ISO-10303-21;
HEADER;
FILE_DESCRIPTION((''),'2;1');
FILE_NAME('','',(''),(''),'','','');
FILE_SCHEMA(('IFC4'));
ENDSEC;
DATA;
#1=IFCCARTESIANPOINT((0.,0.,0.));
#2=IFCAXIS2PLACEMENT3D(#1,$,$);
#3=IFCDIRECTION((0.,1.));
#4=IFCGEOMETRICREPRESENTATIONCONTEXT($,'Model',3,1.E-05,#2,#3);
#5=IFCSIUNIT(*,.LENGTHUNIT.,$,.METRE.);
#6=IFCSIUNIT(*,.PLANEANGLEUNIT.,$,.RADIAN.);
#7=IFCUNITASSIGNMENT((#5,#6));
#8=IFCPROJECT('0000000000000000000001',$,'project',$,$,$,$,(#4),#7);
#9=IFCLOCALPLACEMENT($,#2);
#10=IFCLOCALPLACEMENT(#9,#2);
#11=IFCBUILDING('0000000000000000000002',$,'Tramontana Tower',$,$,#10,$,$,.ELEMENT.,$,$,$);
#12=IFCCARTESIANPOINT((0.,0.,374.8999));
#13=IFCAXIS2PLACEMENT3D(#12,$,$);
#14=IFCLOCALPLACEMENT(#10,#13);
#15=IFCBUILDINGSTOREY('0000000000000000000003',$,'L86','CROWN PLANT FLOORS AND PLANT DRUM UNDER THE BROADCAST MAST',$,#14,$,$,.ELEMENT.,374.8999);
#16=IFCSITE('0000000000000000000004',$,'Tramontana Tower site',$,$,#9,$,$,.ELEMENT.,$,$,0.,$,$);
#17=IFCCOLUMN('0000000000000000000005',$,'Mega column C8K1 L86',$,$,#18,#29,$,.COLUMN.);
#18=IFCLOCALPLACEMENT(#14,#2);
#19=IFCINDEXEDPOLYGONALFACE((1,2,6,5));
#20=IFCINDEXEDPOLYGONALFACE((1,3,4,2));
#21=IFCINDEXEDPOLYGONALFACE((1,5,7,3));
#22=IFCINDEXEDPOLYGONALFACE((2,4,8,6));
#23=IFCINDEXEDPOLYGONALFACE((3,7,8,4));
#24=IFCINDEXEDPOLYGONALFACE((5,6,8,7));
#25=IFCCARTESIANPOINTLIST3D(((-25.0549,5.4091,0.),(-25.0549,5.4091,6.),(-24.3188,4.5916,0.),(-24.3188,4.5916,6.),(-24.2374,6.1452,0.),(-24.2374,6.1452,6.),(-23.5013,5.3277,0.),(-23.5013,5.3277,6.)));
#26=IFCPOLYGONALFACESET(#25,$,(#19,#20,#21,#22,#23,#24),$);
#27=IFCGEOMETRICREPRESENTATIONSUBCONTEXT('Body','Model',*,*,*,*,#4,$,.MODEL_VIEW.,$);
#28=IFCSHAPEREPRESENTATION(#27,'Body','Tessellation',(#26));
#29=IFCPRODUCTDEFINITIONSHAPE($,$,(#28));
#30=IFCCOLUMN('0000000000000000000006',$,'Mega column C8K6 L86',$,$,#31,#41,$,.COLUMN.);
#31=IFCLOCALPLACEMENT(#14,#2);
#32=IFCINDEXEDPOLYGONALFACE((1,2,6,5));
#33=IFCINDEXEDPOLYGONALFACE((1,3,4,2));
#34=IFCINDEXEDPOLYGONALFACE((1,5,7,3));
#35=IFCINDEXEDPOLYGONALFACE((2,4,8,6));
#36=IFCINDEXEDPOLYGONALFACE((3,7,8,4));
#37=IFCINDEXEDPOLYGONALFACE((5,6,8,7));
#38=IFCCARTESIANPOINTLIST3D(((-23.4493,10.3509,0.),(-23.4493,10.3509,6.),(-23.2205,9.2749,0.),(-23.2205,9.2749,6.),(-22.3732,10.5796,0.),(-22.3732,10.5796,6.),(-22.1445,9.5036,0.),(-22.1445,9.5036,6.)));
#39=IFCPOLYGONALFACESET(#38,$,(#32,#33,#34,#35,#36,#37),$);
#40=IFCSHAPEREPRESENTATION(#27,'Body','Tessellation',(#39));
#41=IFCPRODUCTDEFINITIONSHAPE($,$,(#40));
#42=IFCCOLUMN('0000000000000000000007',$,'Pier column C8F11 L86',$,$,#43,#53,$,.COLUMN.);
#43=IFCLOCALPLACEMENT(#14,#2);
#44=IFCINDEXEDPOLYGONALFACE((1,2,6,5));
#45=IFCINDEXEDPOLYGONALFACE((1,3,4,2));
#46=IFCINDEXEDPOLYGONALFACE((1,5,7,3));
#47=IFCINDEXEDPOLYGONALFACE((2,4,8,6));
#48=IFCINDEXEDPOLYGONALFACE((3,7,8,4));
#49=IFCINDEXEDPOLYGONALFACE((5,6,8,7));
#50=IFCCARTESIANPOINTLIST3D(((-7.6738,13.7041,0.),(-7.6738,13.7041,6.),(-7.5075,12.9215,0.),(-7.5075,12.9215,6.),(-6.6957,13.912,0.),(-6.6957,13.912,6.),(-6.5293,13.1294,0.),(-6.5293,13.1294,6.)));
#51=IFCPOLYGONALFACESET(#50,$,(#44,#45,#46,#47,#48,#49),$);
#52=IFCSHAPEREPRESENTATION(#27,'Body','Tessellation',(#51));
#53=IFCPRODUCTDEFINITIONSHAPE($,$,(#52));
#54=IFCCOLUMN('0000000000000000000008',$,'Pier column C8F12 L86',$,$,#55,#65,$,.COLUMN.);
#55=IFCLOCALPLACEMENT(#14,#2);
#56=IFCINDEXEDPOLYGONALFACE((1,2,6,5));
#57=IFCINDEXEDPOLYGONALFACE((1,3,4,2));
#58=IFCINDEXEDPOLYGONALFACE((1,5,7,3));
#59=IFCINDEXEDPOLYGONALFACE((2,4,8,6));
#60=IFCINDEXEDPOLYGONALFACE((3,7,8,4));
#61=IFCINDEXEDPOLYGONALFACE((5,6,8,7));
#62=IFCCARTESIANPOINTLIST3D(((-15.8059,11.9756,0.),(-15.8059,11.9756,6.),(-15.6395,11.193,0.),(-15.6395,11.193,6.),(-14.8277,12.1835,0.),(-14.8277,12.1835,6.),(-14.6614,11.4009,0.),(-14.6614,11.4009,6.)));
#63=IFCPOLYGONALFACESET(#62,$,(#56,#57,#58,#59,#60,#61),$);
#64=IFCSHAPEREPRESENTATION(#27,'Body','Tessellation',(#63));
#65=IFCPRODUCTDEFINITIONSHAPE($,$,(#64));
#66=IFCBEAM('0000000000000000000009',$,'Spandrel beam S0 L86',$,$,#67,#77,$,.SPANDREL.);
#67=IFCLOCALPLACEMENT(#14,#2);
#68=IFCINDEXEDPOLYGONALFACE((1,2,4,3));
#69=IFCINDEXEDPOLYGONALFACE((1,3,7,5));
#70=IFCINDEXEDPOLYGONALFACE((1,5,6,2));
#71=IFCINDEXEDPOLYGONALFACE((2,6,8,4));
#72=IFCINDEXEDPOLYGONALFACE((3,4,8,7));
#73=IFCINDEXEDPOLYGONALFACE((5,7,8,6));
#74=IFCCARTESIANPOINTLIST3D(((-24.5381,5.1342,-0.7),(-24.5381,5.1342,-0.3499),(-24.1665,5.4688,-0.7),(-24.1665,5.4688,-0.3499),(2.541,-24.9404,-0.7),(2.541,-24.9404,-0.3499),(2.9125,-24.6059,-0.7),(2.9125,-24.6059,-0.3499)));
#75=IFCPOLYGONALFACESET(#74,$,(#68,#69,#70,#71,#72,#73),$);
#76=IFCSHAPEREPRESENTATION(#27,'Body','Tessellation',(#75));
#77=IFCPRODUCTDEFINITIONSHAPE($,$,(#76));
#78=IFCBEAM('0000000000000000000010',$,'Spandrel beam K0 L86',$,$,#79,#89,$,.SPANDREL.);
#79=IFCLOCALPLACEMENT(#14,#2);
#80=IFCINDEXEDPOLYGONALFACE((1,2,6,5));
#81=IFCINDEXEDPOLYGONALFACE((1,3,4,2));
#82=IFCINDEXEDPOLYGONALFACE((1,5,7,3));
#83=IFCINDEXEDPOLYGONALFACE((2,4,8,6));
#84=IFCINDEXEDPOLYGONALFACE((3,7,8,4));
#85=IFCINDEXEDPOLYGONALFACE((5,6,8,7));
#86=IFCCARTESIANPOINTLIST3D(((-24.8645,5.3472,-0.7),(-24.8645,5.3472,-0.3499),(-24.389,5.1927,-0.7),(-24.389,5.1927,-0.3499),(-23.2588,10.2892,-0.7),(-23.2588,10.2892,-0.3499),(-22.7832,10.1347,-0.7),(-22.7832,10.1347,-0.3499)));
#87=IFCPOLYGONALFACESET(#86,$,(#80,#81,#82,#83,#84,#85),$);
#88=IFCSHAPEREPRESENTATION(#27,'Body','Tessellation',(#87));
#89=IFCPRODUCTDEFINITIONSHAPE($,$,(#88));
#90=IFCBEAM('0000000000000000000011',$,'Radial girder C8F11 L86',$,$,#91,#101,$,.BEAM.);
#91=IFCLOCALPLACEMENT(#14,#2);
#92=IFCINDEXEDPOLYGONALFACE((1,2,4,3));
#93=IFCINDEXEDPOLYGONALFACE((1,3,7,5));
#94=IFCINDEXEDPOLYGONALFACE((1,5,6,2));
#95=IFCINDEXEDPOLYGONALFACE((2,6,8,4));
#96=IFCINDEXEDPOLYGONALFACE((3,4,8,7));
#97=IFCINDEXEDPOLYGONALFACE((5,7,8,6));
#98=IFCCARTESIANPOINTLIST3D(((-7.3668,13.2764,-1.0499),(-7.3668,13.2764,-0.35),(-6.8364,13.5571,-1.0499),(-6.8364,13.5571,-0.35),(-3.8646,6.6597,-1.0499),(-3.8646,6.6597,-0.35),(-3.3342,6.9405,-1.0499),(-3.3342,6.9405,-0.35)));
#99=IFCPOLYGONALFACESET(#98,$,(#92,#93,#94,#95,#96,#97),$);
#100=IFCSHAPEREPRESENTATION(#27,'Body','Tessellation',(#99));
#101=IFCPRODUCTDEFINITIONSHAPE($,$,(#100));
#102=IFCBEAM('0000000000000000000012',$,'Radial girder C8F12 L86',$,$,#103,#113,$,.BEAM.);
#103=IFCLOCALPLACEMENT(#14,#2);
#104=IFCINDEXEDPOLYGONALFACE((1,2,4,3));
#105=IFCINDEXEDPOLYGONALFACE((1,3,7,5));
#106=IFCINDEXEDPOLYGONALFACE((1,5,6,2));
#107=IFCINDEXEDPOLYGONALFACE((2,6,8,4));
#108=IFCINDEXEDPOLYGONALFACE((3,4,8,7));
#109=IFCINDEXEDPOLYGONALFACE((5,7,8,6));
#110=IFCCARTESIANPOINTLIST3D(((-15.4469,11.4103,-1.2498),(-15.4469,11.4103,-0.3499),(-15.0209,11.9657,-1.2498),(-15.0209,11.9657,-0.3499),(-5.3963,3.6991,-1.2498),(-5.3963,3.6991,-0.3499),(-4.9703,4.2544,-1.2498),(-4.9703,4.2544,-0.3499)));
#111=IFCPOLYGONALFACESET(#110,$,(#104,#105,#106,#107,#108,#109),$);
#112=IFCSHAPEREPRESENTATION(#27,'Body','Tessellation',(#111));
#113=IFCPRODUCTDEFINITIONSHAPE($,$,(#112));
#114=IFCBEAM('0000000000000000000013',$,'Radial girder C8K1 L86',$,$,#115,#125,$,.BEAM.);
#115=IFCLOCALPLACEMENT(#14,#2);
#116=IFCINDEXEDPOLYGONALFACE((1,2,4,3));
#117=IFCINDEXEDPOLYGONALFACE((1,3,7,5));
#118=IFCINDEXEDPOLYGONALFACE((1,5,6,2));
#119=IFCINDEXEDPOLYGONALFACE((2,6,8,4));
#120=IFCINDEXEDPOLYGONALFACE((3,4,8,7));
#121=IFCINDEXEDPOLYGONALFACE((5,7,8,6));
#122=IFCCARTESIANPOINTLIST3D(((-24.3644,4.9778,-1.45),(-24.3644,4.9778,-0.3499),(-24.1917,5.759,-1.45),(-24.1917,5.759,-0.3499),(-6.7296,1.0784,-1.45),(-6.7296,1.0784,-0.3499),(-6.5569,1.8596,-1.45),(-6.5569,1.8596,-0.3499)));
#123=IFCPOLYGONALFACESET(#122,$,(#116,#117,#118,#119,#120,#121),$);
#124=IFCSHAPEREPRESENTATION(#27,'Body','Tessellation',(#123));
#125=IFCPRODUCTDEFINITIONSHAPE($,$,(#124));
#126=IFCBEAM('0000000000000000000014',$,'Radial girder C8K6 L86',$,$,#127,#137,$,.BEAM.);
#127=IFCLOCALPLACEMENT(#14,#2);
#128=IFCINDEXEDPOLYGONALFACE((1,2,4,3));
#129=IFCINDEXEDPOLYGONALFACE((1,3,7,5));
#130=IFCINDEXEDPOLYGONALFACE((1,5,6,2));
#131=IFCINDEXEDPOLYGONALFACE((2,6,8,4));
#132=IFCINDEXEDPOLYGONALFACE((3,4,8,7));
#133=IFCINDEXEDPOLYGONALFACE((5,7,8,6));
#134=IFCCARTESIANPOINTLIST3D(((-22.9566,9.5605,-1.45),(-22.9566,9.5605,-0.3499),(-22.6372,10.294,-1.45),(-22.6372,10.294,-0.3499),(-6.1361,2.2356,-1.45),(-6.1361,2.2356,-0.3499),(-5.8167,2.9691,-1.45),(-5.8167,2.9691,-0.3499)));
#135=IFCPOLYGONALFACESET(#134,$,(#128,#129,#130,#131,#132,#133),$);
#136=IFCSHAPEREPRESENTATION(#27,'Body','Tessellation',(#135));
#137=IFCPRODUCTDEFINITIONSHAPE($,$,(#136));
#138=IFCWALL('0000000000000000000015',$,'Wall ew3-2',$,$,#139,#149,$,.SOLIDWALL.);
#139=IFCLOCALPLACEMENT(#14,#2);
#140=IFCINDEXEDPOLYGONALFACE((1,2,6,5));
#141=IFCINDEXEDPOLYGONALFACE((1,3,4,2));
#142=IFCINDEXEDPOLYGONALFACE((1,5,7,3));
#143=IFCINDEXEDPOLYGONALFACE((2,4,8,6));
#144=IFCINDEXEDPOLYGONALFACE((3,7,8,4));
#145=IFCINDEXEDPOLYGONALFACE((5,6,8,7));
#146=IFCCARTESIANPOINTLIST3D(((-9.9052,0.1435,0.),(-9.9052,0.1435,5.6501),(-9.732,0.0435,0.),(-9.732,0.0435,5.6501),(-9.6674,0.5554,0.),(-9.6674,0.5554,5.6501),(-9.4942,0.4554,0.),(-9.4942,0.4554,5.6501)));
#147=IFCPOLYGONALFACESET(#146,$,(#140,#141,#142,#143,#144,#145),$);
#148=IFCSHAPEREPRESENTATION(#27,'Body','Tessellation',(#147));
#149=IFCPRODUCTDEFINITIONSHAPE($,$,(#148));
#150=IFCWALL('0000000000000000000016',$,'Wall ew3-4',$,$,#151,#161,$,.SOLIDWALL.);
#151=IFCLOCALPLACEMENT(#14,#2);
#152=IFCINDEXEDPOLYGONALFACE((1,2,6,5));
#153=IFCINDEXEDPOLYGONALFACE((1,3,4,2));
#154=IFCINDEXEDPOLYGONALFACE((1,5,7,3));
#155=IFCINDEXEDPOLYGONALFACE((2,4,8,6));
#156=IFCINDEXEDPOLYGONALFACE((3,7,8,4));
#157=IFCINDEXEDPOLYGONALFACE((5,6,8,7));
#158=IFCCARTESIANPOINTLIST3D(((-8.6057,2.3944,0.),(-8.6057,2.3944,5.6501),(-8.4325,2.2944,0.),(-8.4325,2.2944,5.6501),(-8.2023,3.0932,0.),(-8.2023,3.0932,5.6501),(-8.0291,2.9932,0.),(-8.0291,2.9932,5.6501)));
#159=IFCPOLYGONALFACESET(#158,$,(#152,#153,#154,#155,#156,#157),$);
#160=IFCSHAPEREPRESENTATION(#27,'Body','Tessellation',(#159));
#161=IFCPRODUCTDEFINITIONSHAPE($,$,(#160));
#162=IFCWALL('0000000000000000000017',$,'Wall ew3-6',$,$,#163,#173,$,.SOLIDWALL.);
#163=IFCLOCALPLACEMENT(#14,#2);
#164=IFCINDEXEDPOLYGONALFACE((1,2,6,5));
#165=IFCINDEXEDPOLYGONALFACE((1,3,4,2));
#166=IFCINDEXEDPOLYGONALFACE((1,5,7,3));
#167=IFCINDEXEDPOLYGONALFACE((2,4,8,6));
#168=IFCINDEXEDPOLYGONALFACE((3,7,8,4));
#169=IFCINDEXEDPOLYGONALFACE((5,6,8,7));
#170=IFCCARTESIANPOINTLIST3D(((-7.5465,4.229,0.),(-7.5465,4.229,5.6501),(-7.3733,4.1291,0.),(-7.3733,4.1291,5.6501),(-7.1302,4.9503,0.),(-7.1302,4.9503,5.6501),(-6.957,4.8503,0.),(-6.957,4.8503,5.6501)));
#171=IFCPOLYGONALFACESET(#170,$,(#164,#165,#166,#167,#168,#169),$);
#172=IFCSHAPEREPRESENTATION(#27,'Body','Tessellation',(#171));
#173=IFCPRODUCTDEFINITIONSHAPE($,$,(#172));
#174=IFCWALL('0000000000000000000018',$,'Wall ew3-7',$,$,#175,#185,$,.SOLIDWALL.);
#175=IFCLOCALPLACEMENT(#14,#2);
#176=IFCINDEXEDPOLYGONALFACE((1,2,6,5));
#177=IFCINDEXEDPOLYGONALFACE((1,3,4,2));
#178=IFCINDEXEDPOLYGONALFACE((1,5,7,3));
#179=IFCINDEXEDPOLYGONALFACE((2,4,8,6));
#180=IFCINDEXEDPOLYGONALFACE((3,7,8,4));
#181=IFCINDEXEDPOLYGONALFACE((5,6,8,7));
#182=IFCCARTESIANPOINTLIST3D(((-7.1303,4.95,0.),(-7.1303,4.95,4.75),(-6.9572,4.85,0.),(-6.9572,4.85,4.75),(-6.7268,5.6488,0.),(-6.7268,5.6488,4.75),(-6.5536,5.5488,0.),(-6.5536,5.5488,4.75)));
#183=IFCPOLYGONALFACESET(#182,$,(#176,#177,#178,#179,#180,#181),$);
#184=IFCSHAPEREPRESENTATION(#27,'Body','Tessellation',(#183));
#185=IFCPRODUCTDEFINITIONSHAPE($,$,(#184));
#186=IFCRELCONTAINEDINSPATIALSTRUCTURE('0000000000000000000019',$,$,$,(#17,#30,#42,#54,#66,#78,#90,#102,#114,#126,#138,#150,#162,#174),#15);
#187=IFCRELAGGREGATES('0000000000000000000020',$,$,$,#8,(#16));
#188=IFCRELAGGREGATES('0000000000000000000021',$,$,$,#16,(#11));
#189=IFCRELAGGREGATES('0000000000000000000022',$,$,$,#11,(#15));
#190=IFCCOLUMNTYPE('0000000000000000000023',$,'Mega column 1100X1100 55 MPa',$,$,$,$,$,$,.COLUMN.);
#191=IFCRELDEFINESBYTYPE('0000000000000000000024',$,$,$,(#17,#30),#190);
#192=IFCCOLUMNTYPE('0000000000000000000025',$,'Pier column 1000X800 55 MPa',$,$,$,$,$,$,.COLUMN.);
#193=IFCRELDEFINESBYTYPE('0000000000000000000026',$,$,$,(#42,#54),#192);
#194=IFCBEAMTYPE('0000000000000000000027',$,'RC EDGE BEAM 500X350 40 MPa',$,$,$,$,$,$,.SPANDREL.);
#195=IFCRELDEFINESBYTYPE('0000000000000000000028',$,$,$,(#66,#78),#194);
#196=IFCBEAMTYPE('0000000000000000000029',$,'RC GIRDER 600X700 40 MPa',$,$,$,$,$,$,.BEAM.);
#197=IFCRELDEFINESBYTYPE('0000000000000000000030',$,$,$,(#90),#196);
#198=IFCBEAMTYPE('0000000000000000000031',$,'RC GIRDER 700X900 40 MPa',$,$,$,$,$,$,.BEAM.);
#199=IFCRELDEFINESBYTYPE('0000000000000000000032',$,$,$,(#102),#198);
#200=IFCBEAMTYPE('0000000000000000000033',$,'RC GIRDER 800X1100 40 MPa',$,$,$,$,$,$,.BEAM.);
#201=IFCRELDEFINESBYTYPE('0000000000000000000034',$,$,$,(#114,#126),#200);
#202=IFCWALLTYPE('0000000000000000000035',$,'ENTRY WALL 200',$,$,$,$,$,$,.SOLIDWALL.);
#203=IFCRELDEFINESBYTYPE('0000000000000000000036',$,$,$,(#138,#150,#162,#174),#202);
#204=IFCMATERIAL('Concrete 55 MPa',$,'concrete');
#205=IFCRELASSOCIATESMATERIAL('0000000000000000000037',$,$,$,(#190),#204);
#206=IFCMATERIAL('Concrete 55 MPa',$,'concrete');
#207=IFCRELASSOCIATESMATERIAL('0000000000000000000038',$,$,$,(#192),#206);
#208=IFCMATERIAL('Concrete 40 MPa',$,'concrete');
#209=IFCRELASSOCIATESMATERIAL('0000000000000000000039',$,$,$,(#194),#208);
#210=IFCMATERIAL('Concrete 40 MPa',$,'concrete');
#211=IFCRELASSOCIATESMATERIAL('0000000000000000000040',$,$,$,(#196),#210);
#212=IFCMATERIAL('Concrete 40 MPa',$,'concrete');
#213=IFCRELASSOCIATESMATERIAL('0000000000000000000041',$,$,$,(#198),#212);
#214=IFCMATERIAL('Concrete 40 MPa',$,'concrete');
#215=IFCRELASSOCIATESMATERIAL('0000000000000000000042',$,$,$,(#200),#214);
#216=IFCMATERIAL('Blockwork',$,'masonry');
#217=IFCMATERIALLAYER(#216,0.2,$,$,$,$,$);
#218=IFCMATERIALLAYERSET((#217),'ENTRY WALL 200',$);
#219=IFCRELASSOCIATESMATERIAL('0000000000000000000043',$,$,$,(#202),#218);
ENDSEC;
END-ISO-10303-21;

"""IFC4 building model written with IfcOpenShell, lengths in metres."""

from ifc_helpers import new_model, si_unit, direction, frame, frame_2d, origin, origin_2d, place, context, subcontext, project, spatial, rectangle, extrude, material, layer, layer_set, material_profile, profile_set, type_object, element, save


model = new_model("IFC4")

# Units and contexts
model_context = context("Model", 3, precision=1e-05, world=origin(), true_north=direction((0.0, 1.0)))
body_context = subcontext(model_context, "Body", "Model", "MODEL_VIEW")
ifc_project = project(units=[si_unit("LENGTHUNIT", "METRE"), si_unit("PLANEANGLEUNIT", "RADIAN")], contexts=[model_context])

# Site, building, storey
site_placement = place(None, origin())
site = spatial("IfcSite", under=ifc_project, at=site_placement, Name="Tramontana Tower site", CompositionType="ELEMENT", RefElevation=0.0)
building_placement = place(site_placement, origin())
building = spatial("IfcBuilding", under=site, at=building_placement, Name="Tramontana Tower", CompositionType="ELEMENT")
storey_placement = place(building_placement, frame((0.0, 0.0, 374.8999)))
storey = spatial("IfcBuildingStorey", under=building, at=storey_placement, Name="L86", Description="CROWN PLANT FLOORS AND PLANT DRUM UNDER THE BROADCAST MAST", CompositionType="ELEMENT", Elevation=374.8999)

# Columns
ifc_material_1 = material(Name="Concrete 55 MPa", Category="concrete")
ifc_material_profile_1 = material_profile(ifc_material_1, rectangle(XDim=1.1001, YDim=1.1001, at=origin_2d()), Name="Mega column 1100X1100 55 MPa")
ifc_profile_set_1 = profile_set([ifc_material_profile_1], Name="Concrete 55 MPa")
column_type_1 = type_object("IfcColumnType", Name="Mega column 1100X1100 55 MPa", PredefinedType="COLUMN", material=ifc_profile_set_1)
for number, where, z_axis, x_axis, name in (
    (1, (-24.2781, 5.3684, 0.0), (0.0, 0.0, 1.0), (0.669131, -0.743145, 0.0), "Mega column C8K1 L86"),
    (2, (-22.7969, 9.9272, 0.0), (0.0, 0.0, 1.0), (-0.978148, -0.207912, 0.0), "Mega column C8K6 L86"),
):
    element("IfcColumn", number, at=place(storey_placement, frame(where, z_axis=z_axis, x_axis=x_axis)), inside=storey, type_object=column_type_1, Name=name, PredefinedType="COLUMN", context=body_context, shape_type="SweptSolid", body=[
        extrude(rectangle(XDim=1.1001, YDim=1.1001, at=origin_2d()), origin(), (0.0, 0.0, 1.0), 6.0),
    ])
ifc_material_2 = material(Name="Concrete 55 MPa", Category="concrete")
ifc_material_profile_2 = material_profile(ifc_material_2, rectangle(XDim=1.0, YDim=0.8, at=origin_2d()), Name="Pier column 1000X800 55 MPa")
ifc_profile_set_2 = profile_set([ifc_material_profile_2], Name="Concrete 55 MPa")
column_type_2 = type_object("IfcColumnType", Name="Pier column 1000X800 55 MPa", PredefinedType="COLUMN", material=ifc_profile_set_2)
for number, where, z_axis, x_axis, name in (
    (3, (-7.1016, 13.4167, 0.0), (0.0, 0.0, 1.0), (-0.978148, -0.207912, 0.0), "Pier column C8F11 L86"),
    (4, (-15.2336, 11.6882, 0.0), (0.0, 0.0, 1.0), (-0.978148, -0.207912, 0.0), "Pier column C8F12 L86"),
):
    element("IfcColumn", number, at=place(storey_placement, frame(where, z_axis=z_axis, x_axis=x_axis)), inside=storey, type_object=column_type_2, Name=name, PredefinedType="COLUMN", context=body_context, shape_type="SweptSolid", body=[
        extrude(rectangle(XDim=1.0, YDim=0.8, at=origin_2d()), origin(), (0.0, 0.0, 1.0), 6.0),
    ])

# Beams
ifc_material_3 = material(Name="Concrete 40 MPa", Category="concrete")
ifc_material_profile_3 = material_profile(ifc_material_3, rectangle(XDim=0.5, YDim=0.3501, at=origin_2d()), Name="RC EDGE BEAM 500X350 40 MPa")
ifc_profile_set_3 = profile_set([ifc_material_profile_3], Name="Concrete 40 MPa")
beam_type_1 = type_object("IfcBeamType", Name="RC EDGE BEAM 500X350 40 MPa", PredefinedType="SPANDREL", material=ifc_profile_set_3)
beam_1_placement = place(storey_placement, frame((-24.3523, 5.3015, -0.5249), z_axis=(0.669127, -0.743148, 0.0), x_axis=(0.743148, 0.669127, 0.0)))
element("IfcBeam", 5, at=beam_1_placement, inside=storey, type_object=beam_type_1, Name="Spandrel beam S0 L86", PredefinedType="SPANDREL", context=body_context, shape_type="SweptSolid", body=[
    extrude(rectangle(XDim=0.5, YDim=0.3501, at=origin_2d()), origin(), (0.0, 0.0, 1.0), 40.4692),
])
beam_2_placement = place(storey_placement, frame((-23.021, 10.2119, -0.5249), z_axis=(-0.309016, -0.951057, 0.0), x_axis=(0.951057, -0.309016, 0.0)))
element("IfcBeam", 6, at=beam_2_placement, inside=storey, type_object=beam_type_1, Name="Spandrel beam K0 L86", PredefinedType="SPANDREL", context=body_context, shape_type="SweptSolid", body=[
    extrude(rectangle(XDim=0.5, YDim=0.3501, at=origin_2d()), origin(), (0.0, 0.0, 1.0), 5.1963),
])
ifc_material_4 = material(Name="Concrete 40 MPa", Category="concrete")
ifc_material_profile_4 = material_profile(ifc_material_4, rectangle(XDim=0.6001, YDim=0.7, at=origin_2d()), Name="RC GIRDER 600X700 40 MPa")
ifc_profile_set_4 = profile_set([ifc_material_profile_4], Name="Concrete 40 MPa")
beam_type_2 = type_object("IfcBeamType", Name="RC GIRDER 600X700 40 MPa", PredefinedType="BEAM", material=ifc_profile_set_4)
beam_3_placement = place(storey_placement, frame((-7.1016, 13.4167, -0.7), z_axis=(0.467808, -0.88383, 0.0), x_axis=(0.88383, 0.467808, 0.0)))
element("IfcBeam", 7, at=beam_3_placement, inside=storey, type_object=beam_type_2, Name="Radial girder C8F11 L86", PredefinedType="BEAM", context=body_context, shape_type="SweptSolid", body=[
    extrude(rectangle(XDim=0.6001, YDim=0.7, at=origin_2d()), origin(), (0.0, 0.0, 1.0), 7.4863),
])
ifc_material_5 = material(Name="Concrete 40 MPa", Category="concrete")
ifc_material_profile_5 = material_profile(ifc_material_5, rectangle(XDim=0.7, YDim=0.8999, at=origin_2d()), Name="RC GIRDER 700X900 40 MPa")
ifc_profile_set_5 = profile_set([ifc_material_profile_5], Name="Concrete 40 MPa")
beam_type_3 = type_object("IfcBeamType", Name="RC GIRDER 700X900 40 MPa", PredefinedType="BEAM", material=ifc_profile_set_5)
beam_4_placement = place(storey_placement, frame((-15.2339, 11.688, -0.7998), z_axis=(0.793386, -0.608718, 0.0), x_axis=(0.608718, 0.793386, 0.0)))
element("IfcBeam", 8, at=beam_4_placement, inside=storey, type_object=beam_type_3, Name="Radial girder C8F12 L86", PredefinedType="BEAM", context=body_context, shape_type="SweptSolid", body=[
    extrude(rectangle(XDim=0.7, YDim=0.8999, at=origin_2d()), origin(), (0.0, 0.0, 1.0), 12.668),
])
ifc_material_6 = material(Name="Concrete 40 MPa", Category="concrete")
ifc_material_profile_6 = material_profile(ifc_material_6, rectangle(XDim=0.8, YDim=1.1001, at=origin_2d()), Name="RC GIRDER 800X1100 40 MPa")
ifc_profile_set_6 = profile_set([ifc_material_profile_6], Name="Concrete 40 MPa")
beam_type_4 = type_object("IfcBeamType", Name="RC GIRDER 800X1100 40 MPa", PredefinedType="BEAM", material=ifc_profile_set_6)
beam_5_placement = place(storey_placement, frame((-24.2781, 5.3684, -0.8999), z_axis=(0.976414, -0.215906, 0.0), x_axis=(0.215906, 0.976414, 0.0)))
element("IfcBeam", 9, at=beam_5_placement, inside=storey, type_object=beam_type_4, Name="Radial girder C8K1 L86", PredefinedType="BEAM", context=body_context, shape_type="SweptSolid", body=[
    extrude(rectangle(XDim=0.8, YDim=1.1001, at=origin_2d()), origin(), (0.0, 0.0, 1.0), 18.0608),
])
beam_6_placement = place(storey_placement, frame((-22.7969, 9.9272, -0.8999), z_axis=(0.916837, -0.399261, 0.0), x_axis=(0.399261, 0.916837, 0.0)))
element("IfcBeam", 10, at=beam_6_placement, inside=storey, type_object=beam_type_4, Name="Radial girder C8K6 L86", PredefinedType="BEAM", context=body_context, shape_type="SweptSolid", body=[
    extrude(rectangle(XDim=0.8, YDim=1.1001, at=origin_2d()), origin(), (0.0, 0.0, 1.0), 18.3462),
])

# Wall
ifc_material_7 = material(Name="Blockwork", Category="masonry")
ifc_layer_1 = layer(ifc_material_7, 0.2)
ifc_layer_set_1 = layer_set([ifc_layer_1], Name="ENTRY WALL 200")
wall_type_1 = type_object("IfcWallType", Name="ENTRY WALL 200", PredefinedType="SOLIDWALL", material=ifc_layer_set_1)
wall_1_placement = place(storey_placement, frame((-9.8186, 0.0935, 0.0), z_axis=(0.0, 0.0, 1.0), x_axis=(0.500004, 0.866023, 0.0)))
element("IfcWall", 11, at=wall_1_placement, inside=storey, type_object=wall_type_1, Name="Wall ew3-2", PredefinedType="SOLIDWALL", context=body_context, shape_type="SweptSolid", body=[
    extrude(rectangle(XDim=0.4756, YDim=0.2, at=frame_2d((0.2378, 0.0))), origin(), (0.0, 0.0, 1.0), 5.6501),
])

# Wall
wall_2_placement = place(storey_placement, frame((-8.519, 2.3445, 0.0), z_axis=(0.0, 0.0, 1.0), x_axis=(0.499915, 0.866075, 0.0)))
element("IfcWall", 12, at=wall_2_placement, inside=storey, type_object=wall_type_1, Name="Wall ew3-4", PredefinedType="SOLIDWALL", context=body_context, shape_type="SweptSolid", body=[
    extrude(rectangle(XDim=0.8069, YDim=0.2, at=frame_2d((0.4033, 0.0))), origin(), (0.0, 0.0, 1.0), 5.6501),
])

# Walls
wall_3_placement = place(storey_placement, frame((-7.46, 4.179, 0.0), z_axis=(0.0, 0.0, 1.0), x_axis=(0.499892, 0.866088, 0.0)))
element("IfcWall", 13, at=wall_3_placement, inside=storey, type_object=wall_type_1, Name="Wall ew3-6", PredefinedType="SOLIDWALL", context=body_context, shape_type="SweptSolid", body=[
    extrude(rectangle(XDim=0.8328, YDim=0.2, at=frame_2d((0.4165, 0.0))), origin(), (0.0, 0.0, 1.0), 5.6501),
])
wall_4_placement = place(storey_placement, frame((-7.0437, 4.9001, 0.0), z_axis=(0.0, 0.0, 1.0), x_axis=(0.500141, 0.865944, 0.0)))
element("IfcWall", 14, at=wall_4_placement, inside=storey, type_object=wall_type_1, Name="Wall ew3-7", PredefinedType="SOLIDWALL", context=body_context, shape_type="SweptSolid", body=[
    extrude(rectangle(XDim=0.8069, YDim=0.2, at=frame_2d((0.4033, 0.0))), origin(), (0.0, 0.0, 1.0), 4.75),
])

save(model, "model.ifc")
